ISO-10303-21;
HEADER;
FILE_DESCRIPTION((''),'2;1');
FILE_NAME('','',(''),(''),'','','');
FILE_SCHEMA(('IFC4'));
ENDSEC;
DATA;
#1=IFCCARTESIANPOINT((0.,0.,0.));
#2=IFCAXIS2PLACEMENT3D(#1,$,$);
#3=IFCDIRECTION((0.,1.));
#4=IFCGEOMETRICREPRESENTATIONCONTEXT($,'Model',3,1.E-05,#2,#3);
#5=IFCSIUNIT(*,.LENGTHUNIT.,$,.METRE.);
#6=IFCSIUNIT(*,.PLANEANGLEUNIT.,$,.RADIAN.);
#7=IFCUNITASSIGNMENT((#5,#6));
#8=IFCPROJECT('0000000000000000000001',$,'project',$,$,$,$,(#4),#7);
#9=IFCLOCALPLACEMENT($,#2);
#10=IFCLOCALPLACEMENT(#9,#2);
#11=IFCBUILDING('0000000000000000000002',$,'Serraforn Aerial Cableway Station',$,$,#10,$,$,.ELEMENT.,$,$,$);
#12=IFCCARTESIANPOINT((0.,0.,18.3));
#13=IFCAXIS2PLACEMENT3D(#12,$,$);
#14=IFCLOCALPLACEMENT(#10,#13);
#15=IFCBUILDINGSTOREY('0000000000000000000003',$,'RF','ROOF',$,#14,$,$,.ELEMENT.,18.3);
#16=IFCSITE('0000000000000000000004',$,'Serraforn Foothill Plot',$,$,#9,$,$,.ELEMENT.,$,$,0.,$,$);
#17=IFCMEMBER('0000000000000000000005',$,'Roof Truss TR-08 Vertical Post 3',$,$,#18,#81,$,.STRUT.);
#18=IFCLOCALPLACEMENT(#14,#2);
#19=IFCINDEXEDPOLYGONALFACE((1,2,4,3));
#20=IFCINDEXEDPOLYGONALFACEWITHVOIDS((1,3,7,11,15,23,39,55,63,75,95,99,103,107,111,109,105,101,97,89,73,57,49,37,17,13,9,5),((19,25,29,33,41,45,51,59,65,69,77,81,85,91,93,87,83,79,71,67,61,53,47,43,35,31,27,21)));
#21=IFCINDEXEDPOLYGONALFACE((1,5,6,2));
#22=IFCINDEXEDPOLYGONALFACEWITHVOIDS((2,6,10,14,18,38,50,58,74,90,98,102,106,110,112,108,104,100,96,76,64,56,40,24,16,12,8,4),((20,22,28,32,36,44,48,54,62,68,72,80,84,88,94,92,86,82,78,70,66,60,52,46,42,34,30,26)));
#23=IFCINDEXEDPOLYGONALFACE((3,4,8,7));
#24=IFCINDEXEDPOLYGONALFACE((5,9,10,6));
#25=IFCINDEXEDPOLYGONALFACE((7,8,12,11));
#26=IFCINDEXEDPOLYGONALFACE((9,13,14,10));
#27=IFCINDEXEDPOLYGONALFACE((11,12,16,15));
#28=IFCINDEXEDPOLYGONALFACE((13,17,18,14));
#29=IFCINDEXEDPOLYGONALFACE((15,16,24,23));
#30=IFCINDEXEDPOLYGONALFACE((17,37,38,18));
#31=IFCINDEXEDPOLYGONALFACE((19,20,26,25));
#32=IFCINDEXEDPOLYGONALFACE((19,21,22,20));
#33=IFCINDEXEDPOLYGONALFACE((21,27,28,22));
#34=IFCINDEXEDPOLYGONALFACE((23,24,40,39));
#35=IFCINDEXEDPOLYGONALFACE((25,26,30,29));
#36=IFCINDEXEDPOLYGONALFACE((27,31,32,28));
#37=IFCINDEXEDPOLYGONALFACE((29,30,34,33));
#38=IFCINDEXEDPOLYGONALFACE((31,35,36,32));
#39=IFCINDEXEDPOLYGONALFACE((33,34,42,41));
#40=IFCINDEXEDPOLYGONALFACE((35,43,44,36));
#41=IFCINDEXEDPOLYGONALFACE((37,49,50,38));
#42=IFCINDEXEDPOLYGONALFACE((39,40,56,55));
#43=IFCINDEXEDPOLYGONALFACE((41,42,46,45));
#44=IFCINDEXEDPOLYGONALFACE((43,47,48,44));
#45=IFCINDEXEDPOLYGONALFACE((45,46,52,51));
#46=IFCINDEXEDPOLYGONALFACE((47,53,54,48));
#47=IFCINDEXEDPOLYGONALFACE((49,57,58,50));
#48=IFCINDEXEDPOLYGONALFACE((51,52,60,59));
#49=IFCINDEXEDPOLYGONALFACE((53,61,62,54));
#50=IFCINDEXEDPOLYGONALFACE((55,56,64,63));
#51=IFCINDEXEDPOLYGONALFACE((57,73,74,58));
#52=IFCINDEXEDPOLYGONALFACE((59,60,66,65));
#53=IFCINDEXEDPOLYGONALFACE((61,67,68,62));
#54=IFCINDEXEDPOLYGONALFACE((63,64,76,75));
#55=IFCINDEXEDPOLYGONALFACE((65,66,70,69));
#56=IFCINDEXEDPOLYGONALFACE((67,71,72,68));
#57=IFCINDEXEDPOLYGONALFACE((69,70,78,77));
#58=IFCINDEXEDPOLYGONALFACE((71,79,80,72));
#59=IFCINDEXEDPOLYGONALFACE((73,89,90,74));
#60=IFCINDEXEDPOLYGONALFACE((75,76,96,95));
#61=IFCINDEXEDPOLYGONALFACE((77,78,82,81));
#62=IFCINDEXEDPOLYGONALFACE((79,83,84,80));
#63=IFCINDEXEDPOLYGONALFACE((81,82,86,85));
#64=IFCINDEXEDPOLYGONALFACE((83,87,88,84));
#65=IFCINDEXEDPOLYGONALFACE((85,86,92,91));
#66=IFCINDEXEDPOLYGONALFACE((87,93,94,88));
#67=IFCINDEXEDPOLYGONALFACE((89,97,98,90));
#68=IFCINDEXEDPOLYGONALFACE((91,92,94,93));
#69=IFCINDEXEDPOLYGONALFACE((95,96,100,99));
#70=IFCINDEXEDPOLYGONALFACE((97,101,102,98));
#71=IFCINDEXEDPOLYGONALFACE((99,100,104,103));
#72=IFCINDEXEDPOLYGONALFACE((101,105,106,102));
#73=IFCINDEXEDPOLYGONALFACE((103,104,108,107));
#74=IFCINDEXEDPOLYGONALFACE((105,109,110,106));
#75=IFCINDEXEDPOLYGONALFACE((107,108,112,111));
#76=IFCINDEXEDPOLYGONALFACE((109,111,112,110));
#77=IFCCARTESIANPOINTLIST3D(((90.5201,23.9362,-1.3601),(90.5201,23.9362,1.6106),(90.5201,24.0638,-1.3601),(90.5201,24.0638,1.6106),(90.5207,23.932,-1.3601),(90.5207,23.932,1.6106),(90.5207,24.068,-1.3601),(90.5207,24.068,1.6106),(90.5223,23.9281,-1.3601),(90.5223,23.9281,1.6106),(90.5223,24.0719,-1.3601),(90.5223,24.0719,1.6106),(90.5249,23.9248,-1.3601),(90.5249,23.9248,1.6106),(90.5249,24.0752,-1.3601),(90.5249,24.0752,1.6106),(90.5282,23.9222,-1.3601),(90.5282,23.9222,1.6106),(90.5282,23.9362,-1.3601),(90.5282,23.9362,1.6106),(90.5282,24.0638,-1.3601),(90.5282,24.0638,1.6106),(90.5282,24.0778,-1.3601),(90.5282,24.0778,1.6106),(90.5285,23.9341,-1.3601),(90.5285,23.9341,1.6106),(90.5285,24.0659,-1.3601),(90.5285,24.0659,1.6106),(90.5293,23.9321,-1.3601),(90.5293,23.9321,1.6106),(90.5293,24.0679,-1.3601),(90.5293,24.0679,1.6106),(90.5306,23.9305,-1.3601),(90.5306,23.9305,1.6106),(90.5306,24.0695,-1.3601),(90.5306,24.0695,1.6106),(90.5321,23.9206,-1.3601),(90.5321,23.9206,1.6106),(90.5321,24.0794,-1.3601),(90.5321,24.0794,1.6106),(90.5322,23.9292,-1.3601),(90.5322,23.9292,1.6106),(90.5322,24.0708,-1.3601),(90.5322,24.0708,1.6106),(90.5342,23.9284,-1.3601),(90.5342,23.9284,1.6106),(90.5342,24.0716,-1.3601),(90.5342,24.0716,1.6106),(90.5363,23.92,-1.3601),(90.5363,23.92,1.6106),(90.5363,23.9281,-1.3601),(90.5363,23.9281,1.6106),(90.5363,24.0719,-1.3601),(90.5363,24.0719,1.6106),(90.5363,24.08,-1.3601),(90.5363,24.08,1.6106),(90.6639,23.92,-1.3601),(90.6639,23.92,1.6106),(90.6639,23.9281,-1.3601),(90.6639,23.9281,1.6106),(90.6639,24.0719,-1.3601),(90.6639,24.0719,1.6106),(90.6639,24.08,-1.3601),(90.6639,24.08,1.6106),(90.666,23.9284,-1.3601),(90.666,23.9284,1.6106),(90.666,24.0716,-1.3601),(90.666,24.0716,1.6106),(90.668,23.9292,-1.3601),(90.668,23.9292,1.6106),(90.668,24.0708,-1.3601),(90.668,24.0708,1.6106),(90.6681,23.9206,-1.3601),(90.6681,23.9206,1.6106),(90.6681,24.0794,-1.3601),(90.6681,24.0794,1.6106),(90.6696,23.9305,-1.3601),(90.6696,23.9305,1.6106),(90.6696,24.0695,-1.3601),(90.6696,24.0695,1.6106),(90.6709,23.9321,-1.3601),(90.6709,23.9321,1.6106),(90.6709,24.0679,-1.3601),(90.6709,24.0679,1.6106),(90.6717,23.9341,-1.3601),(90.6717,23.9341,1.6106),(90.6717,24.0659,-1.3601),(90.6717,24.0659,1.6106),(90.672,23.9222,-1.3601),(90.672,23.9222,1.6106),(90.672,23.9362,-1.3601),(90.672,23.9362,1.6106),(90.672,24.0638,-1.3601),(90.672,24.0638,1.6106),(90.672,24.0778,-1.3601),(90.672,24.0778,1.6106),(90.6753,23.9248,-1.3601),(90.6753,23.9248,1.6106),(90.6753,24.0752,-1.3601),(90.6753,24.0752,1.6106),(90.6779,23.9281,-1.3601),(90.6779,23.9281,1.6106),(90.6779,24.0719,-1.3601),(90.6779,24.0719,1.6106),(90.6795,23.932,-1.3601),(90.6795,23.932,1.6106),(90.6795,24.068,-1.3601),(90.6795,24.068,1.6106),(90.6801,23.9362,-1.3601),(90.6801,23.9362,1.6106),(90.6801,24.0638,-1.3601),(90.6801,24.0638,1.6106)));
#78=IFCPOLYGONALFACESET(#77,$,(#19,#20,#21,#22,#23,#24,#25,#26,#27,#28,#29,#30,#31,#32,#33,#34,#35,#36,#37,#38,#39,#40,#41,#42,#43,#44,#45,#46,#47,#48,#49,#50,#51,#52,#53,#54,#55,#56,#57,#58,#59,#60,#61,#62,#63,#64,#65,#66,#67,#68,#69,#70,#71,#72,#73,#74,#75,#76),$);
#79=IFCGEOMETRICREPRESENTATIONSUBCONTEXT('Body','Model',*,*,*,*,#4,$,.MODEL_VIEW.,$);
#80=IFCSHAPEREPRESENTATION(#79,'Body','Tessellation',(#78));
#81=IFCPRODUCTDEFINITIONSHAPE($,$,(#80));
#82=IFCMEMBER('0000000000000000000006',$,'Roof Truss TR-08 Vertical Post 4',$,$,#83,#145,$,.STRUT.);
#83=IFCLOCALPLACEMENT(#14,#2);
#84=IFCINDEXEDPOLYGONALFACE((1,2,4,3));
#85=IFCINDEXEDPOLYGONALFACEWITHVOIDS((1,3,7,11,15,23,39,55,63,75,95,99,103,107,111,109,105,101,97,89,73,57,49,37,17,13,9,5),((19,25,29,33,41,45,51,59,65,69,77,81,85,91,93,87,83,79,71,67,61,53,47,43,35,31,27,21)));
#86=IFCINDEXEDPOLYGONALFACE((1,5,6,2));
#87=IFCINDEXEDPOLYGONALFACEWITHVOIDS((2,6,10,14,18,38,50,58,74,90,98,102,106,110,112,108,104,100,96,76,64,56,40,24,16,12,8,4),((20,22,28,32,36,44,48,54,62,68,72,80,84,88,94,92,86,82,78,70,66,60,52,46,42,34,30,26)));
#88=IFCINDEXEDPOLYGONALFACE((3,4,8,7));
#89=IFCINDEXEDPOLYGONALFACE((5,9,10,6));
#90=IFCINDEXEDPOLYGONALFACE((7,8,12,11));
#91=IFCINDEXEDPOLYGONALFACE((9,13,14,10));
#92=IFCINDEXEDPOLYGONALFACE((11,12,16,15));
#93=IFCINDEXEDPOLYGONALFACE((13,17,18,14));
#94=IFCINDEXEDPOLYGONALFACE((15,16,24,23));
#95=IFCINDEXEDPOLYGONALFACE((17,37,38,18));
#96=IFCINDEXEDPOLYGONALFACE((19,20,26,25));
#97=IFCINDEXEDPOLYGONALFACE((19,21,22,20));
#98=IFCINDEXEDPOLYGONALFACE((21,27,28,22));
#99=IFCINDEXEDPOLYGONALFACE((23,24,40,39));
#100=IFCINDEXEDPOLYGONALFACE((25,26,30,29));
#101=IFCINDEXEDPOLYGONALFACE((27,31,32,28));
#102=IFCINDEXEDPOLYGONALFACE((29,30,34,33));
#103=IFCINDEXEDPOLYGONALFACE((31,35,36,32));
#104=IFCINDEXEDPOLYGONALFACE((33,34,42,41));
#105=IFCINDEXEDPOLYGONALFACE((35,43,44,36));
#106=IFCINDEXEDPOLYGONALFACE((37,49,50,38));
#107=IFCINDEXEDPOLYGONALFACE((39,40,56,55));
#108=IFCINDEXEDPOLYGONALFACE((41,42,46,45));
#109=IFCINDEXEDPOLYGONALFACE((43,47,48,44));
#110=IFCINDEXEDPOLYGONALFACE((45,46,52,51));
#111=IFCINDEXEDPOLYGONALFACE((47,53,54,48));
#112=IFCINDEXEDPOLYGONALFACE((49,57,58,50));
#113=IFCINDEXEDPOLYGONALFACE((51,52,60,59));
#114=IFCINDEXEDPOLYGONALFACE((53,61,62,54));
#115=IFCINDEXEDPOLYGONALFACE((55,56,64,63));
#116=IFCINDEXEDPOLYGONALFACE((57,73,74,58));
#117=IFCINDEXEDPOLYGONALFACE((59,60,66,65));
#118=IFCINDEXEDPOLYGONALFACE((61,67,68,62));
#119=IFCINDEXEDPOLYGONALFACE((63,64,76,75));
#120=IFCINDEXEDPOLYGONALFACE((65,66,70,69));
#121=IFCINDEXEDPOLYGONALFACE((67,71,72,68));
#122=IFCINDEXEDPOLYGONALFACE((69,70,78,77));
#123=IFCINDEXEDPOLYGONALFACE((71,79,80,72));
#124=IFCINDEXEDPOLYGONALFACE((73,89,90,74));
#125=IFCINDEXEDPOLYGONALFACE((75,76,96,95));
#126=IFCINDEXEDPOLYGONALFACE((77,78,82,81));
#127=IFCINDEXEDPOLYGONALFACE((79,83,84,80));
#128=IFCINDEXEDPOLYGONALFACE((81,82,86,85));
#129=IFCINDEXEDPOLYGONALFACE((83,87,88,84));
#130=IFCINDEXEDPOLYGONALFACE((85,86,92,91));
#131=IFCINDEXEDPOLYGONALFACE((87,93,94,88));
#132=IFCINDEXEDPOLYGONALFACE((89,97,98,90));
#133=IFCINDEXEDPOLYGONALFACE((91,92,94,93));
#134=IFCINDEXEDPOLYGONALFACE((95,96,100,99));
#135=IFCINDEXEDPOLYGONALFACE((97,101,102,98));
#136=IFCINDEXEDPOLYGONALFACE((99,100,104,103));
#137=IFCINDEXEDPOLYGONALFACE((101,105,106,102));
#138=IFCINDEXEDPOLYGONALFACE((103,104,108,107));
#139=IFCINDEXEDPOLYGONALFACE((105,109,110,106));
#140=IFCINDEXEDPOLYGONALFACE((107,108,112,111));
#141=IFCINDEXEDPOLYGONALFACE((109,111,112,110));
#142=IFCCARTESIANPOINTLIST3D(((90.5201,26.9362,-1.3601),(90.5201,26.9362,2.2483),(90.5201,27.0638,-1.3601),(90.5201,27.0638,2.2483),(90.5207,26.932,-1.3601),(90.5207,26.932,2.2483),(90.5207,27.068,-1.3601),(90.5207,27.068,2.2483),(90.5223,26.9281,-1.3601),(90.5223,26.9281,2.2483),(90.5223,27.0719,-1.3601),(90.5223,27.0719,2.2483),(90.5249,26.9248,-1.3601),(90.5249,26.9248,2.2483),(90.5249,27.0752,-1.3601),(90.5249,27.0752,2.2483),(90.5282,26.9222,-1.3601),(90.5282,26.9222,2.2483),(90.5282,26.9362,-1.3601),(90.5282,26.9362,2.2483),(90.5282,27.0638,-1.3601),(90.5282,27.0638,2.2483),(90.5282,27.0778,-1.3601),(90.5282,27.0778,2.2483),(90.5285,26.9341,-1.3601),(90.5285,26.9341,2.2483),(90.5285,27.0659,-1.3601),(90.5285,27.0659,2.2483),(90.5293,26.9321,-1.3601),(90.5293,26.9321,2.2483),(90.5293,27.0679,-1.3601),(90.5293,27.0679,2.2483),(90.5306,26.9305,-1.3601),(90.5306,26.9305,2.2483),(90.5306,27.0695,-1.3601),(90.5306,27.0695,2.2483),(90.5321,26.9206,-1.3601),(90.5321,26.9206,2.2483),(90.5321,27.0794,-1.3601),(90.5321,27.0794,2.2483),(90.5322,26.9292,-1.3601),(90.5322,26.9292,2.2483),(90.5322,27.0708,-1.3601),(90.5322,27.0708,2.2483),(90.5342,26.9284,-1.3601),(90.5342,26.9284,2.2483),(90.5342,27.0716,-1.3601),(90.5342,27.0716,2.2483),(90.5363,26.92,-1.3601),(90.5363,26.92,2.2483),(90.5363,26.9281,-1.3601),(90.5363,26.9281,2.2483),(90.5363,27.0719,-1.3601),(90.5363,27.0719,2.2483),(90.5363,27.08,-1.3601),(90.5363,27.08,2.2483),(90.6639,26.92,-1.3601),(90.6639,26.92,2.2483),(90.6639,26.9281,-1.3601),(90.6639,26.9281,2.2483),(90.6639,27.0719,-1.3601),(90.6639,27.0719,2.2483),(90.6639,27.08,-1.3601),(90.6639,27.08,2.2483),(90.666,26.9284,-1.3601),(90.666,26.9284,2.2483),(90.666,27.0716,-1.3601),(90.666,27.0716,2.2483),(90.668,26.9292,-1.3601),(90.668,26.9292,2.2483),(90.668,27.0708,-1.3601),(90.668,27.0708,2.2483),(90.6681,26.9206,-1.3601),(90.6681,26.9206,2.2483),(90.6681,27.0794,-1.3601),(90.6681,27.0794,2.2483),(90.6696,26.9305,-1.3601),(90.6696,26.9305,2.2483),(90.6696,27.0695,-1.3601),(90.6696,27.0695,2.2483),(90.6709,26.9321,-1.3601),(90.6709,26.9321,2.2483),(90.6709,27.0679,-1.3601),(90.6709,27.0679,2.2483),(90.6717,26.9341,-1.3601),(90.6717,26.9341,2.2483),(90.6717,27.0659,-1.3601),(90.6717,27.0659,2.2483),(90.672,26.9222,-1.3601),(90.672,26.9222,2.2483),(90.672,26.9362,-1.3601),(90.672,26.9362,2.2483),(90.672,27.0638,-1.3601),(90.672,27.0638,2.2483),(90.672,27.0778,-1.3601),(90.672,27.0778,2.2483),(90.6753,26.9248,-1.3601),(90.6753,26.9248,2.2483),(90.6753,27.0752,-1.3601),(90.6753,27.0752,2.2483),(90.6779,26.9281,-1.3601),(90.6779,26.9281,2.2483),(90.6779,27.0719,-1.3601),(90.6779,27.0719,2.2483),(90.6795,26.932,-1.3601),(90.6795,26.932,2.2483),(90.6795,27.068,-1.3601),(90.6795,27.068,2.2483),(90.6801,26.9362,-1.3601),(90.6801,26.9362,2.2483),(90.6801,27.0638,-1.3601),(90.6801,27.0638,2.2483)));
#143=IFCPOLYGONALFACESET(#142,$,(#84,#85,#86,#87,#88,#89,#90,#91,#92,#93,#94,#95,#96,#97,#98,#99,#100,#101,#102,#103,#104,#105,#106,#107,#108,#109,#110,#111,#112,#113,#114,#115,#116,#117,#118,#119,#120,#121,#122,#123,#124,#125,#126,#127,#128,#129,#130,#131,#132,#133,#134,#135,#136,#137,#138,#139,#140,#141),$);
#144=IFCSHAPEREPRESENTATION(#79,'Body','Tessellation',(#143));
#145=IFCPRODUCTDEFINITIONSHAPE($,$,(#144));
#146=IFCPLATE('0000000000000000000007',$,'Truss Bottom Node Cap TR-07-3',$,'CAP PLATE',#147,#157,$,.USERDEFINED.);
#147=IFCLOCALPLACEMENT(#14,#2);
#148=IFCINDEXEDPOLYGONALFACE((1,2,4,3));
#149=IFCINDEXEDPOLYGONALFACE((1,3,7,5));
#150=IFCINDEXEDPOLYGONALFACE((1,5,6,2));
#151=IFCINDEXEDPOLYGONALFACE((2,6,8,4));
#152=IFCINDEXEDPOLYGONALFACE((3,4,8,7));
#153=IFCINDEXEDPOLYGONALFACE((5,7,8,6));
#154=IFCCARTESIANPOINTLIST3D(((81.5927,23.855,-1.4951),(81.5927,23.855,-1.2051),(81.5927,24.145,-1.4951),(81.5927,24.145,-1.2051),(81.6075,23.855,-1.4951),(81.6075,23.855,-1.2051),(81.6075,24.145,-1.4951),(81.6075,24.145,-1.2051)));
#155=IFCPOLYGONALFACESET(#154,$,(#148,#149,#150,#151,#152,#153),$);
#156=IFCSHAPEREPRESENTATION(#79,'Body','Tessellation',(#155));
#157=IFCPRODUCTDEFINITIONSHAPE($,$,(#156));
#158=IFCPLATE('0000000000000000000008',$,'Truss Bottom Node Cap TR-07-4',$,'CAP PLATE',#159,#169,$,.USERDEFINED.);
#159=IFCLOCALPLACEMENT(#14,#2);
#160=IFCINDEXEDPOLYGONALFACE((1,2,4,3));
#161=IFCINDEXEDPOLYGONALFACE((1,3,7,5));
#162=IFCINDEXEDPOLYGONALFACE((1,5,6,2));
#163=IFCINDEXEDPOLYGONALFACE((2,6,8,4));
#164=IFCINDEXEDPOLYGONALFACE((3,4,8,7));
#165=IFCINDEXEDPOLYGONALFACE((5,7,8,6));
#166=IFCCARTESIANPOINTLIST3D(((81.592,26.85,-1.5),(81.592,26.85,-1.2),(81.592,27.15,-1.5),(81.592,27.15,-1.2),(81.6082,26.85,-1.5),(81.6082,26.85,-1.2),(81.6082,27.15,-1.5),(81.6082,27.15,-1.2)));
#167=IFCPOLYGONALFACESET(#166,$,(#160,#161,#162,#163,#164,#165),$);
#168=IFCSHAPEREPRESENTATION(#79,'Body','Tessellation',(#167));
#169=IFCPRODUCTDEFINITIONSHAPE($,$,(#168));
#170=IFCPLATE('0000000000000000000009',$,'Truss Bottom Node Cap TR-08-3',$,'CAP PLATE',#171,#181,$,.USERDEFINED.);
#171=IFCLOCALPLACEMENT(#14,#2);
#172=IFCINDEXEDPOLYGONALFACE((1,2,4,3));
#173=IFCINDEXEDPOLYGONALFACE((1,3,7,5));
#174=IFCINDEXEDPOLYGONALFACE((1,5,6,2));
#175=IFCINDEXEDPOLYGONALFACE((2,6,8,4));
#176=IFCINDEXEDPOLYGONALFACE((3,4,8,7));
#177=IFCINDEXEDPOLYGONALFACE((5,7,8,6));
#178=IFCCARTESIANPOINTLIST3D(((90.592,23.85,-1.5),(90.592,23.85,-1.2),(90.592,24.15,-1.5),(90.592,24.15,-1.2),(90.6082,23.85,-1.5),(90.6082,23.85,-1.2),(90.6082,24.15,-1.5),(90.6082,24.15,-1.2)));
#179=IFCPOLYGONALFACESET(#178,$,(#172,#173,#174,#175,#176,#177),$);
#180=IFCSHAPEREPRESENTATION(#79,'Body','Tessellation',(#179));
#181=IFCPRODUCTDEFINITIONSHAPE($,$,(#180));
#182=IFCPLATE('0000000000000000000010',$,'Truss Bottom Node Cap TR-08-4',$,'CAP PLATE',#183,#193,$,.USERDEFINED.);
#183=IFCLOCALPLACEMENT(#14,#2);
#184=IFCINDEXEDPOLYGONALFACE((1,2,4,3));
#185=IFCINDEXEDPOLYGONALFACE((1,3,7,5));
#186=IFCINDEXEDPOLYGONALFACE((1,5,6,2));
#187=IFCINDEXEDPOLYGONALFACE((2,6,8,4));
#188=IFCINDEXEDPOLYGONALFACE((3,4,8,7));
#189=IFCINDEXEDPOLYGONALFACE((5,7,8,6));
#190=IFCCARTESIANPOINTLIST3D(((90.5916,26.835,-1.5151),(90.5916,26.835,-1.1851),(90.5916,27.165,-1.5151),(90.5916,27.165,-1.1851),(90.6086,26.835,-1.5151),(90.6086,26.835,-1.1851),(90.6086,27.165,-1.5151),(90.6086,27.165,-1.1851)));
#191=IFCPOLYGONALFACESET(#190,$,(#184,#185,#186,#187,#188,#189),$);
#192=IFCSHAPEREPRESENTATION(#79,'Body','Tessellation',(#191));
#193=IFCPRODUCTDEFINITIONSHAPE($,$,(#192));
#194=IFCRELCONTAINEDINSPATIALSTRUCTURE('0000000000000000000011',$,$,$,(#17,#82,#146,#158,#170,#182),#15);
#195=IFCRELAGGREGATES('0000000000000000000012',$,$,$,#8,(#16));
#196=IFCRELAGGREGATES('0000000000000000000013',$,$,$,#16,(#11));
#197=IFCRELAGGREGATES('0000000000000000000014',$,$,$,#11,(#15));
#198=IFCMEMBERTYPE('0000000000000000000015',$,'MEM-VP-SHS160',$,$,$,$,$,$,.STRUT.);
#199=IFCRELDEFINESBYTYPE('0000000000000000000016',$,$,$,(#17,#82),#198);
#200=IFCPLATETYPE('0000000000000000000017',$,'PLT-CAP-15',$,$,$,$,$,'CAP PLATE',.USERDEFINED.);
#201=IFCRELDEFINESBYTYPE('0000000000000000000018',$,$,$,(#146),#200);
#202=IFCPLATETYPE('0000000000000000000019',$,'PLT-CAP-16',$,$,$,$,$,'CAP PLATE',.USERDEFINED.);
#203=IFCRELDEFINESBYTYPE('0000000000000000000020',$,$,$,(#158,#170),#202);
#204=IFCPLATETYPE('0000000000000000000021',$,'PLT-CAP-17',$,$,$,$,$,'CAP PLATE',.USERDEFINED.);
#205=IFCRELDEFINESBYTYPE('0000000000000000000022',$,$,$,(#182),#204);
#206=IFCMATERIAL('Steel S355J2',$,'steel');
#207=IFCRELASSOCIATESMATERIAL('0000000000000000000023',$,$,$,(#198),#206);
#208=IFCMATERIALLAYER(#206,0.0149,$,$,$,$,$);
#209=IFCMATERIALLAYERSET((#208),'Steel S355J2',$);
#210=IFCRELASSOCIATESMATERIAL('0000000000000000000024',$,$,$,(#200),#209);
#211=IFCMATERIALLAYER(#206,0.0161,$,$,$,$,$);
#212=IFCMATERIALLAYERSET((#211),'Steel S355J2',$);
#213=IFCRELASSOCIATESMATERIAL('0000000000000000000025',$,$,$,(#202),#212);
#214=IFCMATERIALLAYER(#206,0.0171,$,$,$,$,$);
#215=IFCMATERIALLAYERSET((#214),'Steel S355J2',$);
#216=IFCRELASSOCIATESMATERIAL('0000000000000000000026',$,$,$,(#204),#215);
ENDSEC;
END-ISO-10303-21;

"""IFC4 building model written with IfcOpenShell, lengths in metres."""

from ifc_helpers import new_model, si_unit, direction, frame, origin, origin_2d, place, context, subcontext, project, spatial, rectangle, hollow_rectangle, extrude, material, layer, layer_set, material_profile, profile_set, type_object, element, save


model = new_model("IFC4")

# Units and contexts
model_context = context("Model", 3, precision=1e-05, world=origin(), true_north=direction((0.0, 1.0)))
body_context = subcontext(model_context, "Body", "Model", "MODEL_VIEW")
ifc_project = project(units=[si_unit("LENGTHUNIT", "METRE"), si_unit("PLANEANGLEUNIT", "RADIAN")], contexts=[model_context])

# Site, building, storey
site_placement = place(None, origin())
site = spatial("IfcSite", under=ifc_project, at=site_placement, Name="Serraforn Foothill Plot", CompositionType="ELEMENT", RefElevation=0.0)
building_placement = place(site_placement, origin())
building = spatial("IfcBuilding", under=site, at=building_placement, Name="Serraforn Aerial Cableway Station", CompositionType="ELEMENT")
storey_placement = place(building_placement, frame((0.0, 0.0, 18.3)))
storey = spatial("IfcBuildingStorey", under=building, at=storey_placement, Name="RF", Description="ROOF", CompositionType="ELEMENT", Elevation=18.3)

# Members
ifc_material_1 = material(Name="Steel S355J2", Category="steel")
ifc_material_profile_1 = material_profile(ifc_material_1, hollow_rectangle(XDim=0.1599, YDim=0.1599, WallThickness=0.0081, InnerFilletRadius=0.0081, OuterFilletRadius=0.0161, at=origin_2d()), Name="SHS 160x160x8.0")
ifc_profile_set_1 = profile_set([ifc_material_profile_1], Name="Steel S355J2")
member_type_1 = type_object("IfcMemberType", Name="MEM-VP-SHS160", PredefinedType="STRUT", material=ifc_profile_set_1)
member_1_placement = place(storey_placement, frame((90.6001, 24.0, -1.3601), z_axis=(0.0, 0.0, 1.0), x_axis=(1.0, 0.0, 0.0)))
element("IfcMember", 1, at=member_1_placement, inside=storey, type_object=member_type_1, Name="Roof Truss TR-08 Vertical Post 3", PredefinedType="STRUT", context=body_context, shape_type="SweptSolid", body=[
    extrude(hollow_rectangle(XDim=0.1599, YDim=0.1599, WallThickness=0.0081, InnerFilletRadius=0.0081, OuterFilletRadius=0.0161, at=origin_2d()), origin(), (0.0, 0.0, 1.0), 2.9707),
])
member_2_placement = place(storey_placement, frame((90.6001, 27.0, -1.3601), z_axis=(0.0, 0.0, 1.0), x_axis=(1.0, 0.0, 0.0)))
element("IfcMember", 2, at=member_2_placement, inside=storey, type_object=member_type_1, Name="Roof Truss TR-08 Vertical Post 4", PredefinedType="STRUT", context=body_context, shape_type="SweptSolid", body=[
    extrude(hollow_rectangle(XDim=0.1599, YDim=0.1599, WallThickness=0.0081, InnerFilletRadius=0.0081, OuterFilletRadius=0.0161, at=origin_2d()), origin(), (0.0, 0.0, 1.0), 3.6084),
])

# Plates
ifc_layer_1 = layer(ifc_material_1, 0.0149)
ifc_layer_set_1 = layer_set([ifc_layer_1], Name="Steel S355J2")
plate_type_1 = type_object("IfcPlateType", Name="PLT-CAP-15", ElementType="CAP PLATE", PredefinedType="USERDEFINED", material=ifc_layer_set_1)
plate_1_placement = place(storey_placement, frame((81.6001, 24.0, -1.4951), z_axis=(0.0, 0.0, 1.0), x_axis=(1.0, 0.0, 0.0)))
element("IfcPlate", 3, at=plate_1_placement, inside=storey, type_object=plate_type_1, Name="Truss Bottom Node Cap TR-07-3", ObjectType="CAP PLATE", PredefinedType="USERDEFINED", context=body_context, shape_type="SweptSolid", body=[
    extrude(rectangle(XDim=0.0149, YDim=0.29, at=origin_2d()), origin(), (0.0, 0.0, 1.0), 0.29),
])
ifc_layer_2 = layer(ifc_material_1, 0.0161)
ifc_layer_set_2 = layer_set([ifc_layer_2], Name="Steel S355J2")
plate_type_2 = type_object("IfcPlateType", Name="PLT-CAP-16", ElementType="CAP PLATE", PredefinedType="USERDEFINED", material=ifc_layer_set_2)
for number, where, z_axis, x_axis, name in (
    (4, (81.6001, 27.0, -1.5), (0.0, 0.0, 1.0), (1.0, 0.0, 0.0), "Truss Bottom Node Cap TR-07-4"),
    (5, (90.6001, 24.0, -1.5), (0.0, 0.0, 1.0), (1.0, 0.0, 0.0), "Truss Bottom Node Cap TR-08-3"),
):
    element("IfcPlate", number, at=place(storey_placement, frame(where, z_axis=z_axis, x_axis=x_axis)), inside=storey, type_object=plate_type_2, Name=name, ObjectType="CAP PLATE", PredefinedType="USERDEFINED", context=body_context, shape_type="SweptSolid", body=[
        extrude(rectangle(XDim=0.0161, YDim=0.3, at=origin_2d()), origin(), (0.0, 0.0, 1.0), 0.3),
    ])
ifc_layer_3 = layer(ifc_material_1, 0.0171)
ifc_layer_set_3 = layer_set([ifc_layer_3], Name="Steel S355J2")
plate_type_3 = type_object("IfcPlateType", Name="PLT-CAP-17", ElementType="CAP PLATE", PredefinedType="USERDEFINED", material=ifc_layer_set_3)
plate_2_placement = place(storey_placement, frame((90.6001, 27.0, -1.5151), z_axis=(0.0, 0.0, 1.0), x_axis=(1.0, 0.0, 0.0)))
element("IfcPlate", 6, at=plate_2_placement, inside=storey, type_object=plate_type_3, Name="Truss Bottom Node Cap TR-08-4", ObjectType="CAP PLATE", PredefinedType="USERDEFINED", context=body_context, shape_type="SweptSolid", body=[
    extrude(rectangle(XDim=0.0171, YDim=0.3301, at=origin_2d()), origin(), (0.0, 0.0, 1.0), 0.3301),
])

save(model, "model.ifc")
